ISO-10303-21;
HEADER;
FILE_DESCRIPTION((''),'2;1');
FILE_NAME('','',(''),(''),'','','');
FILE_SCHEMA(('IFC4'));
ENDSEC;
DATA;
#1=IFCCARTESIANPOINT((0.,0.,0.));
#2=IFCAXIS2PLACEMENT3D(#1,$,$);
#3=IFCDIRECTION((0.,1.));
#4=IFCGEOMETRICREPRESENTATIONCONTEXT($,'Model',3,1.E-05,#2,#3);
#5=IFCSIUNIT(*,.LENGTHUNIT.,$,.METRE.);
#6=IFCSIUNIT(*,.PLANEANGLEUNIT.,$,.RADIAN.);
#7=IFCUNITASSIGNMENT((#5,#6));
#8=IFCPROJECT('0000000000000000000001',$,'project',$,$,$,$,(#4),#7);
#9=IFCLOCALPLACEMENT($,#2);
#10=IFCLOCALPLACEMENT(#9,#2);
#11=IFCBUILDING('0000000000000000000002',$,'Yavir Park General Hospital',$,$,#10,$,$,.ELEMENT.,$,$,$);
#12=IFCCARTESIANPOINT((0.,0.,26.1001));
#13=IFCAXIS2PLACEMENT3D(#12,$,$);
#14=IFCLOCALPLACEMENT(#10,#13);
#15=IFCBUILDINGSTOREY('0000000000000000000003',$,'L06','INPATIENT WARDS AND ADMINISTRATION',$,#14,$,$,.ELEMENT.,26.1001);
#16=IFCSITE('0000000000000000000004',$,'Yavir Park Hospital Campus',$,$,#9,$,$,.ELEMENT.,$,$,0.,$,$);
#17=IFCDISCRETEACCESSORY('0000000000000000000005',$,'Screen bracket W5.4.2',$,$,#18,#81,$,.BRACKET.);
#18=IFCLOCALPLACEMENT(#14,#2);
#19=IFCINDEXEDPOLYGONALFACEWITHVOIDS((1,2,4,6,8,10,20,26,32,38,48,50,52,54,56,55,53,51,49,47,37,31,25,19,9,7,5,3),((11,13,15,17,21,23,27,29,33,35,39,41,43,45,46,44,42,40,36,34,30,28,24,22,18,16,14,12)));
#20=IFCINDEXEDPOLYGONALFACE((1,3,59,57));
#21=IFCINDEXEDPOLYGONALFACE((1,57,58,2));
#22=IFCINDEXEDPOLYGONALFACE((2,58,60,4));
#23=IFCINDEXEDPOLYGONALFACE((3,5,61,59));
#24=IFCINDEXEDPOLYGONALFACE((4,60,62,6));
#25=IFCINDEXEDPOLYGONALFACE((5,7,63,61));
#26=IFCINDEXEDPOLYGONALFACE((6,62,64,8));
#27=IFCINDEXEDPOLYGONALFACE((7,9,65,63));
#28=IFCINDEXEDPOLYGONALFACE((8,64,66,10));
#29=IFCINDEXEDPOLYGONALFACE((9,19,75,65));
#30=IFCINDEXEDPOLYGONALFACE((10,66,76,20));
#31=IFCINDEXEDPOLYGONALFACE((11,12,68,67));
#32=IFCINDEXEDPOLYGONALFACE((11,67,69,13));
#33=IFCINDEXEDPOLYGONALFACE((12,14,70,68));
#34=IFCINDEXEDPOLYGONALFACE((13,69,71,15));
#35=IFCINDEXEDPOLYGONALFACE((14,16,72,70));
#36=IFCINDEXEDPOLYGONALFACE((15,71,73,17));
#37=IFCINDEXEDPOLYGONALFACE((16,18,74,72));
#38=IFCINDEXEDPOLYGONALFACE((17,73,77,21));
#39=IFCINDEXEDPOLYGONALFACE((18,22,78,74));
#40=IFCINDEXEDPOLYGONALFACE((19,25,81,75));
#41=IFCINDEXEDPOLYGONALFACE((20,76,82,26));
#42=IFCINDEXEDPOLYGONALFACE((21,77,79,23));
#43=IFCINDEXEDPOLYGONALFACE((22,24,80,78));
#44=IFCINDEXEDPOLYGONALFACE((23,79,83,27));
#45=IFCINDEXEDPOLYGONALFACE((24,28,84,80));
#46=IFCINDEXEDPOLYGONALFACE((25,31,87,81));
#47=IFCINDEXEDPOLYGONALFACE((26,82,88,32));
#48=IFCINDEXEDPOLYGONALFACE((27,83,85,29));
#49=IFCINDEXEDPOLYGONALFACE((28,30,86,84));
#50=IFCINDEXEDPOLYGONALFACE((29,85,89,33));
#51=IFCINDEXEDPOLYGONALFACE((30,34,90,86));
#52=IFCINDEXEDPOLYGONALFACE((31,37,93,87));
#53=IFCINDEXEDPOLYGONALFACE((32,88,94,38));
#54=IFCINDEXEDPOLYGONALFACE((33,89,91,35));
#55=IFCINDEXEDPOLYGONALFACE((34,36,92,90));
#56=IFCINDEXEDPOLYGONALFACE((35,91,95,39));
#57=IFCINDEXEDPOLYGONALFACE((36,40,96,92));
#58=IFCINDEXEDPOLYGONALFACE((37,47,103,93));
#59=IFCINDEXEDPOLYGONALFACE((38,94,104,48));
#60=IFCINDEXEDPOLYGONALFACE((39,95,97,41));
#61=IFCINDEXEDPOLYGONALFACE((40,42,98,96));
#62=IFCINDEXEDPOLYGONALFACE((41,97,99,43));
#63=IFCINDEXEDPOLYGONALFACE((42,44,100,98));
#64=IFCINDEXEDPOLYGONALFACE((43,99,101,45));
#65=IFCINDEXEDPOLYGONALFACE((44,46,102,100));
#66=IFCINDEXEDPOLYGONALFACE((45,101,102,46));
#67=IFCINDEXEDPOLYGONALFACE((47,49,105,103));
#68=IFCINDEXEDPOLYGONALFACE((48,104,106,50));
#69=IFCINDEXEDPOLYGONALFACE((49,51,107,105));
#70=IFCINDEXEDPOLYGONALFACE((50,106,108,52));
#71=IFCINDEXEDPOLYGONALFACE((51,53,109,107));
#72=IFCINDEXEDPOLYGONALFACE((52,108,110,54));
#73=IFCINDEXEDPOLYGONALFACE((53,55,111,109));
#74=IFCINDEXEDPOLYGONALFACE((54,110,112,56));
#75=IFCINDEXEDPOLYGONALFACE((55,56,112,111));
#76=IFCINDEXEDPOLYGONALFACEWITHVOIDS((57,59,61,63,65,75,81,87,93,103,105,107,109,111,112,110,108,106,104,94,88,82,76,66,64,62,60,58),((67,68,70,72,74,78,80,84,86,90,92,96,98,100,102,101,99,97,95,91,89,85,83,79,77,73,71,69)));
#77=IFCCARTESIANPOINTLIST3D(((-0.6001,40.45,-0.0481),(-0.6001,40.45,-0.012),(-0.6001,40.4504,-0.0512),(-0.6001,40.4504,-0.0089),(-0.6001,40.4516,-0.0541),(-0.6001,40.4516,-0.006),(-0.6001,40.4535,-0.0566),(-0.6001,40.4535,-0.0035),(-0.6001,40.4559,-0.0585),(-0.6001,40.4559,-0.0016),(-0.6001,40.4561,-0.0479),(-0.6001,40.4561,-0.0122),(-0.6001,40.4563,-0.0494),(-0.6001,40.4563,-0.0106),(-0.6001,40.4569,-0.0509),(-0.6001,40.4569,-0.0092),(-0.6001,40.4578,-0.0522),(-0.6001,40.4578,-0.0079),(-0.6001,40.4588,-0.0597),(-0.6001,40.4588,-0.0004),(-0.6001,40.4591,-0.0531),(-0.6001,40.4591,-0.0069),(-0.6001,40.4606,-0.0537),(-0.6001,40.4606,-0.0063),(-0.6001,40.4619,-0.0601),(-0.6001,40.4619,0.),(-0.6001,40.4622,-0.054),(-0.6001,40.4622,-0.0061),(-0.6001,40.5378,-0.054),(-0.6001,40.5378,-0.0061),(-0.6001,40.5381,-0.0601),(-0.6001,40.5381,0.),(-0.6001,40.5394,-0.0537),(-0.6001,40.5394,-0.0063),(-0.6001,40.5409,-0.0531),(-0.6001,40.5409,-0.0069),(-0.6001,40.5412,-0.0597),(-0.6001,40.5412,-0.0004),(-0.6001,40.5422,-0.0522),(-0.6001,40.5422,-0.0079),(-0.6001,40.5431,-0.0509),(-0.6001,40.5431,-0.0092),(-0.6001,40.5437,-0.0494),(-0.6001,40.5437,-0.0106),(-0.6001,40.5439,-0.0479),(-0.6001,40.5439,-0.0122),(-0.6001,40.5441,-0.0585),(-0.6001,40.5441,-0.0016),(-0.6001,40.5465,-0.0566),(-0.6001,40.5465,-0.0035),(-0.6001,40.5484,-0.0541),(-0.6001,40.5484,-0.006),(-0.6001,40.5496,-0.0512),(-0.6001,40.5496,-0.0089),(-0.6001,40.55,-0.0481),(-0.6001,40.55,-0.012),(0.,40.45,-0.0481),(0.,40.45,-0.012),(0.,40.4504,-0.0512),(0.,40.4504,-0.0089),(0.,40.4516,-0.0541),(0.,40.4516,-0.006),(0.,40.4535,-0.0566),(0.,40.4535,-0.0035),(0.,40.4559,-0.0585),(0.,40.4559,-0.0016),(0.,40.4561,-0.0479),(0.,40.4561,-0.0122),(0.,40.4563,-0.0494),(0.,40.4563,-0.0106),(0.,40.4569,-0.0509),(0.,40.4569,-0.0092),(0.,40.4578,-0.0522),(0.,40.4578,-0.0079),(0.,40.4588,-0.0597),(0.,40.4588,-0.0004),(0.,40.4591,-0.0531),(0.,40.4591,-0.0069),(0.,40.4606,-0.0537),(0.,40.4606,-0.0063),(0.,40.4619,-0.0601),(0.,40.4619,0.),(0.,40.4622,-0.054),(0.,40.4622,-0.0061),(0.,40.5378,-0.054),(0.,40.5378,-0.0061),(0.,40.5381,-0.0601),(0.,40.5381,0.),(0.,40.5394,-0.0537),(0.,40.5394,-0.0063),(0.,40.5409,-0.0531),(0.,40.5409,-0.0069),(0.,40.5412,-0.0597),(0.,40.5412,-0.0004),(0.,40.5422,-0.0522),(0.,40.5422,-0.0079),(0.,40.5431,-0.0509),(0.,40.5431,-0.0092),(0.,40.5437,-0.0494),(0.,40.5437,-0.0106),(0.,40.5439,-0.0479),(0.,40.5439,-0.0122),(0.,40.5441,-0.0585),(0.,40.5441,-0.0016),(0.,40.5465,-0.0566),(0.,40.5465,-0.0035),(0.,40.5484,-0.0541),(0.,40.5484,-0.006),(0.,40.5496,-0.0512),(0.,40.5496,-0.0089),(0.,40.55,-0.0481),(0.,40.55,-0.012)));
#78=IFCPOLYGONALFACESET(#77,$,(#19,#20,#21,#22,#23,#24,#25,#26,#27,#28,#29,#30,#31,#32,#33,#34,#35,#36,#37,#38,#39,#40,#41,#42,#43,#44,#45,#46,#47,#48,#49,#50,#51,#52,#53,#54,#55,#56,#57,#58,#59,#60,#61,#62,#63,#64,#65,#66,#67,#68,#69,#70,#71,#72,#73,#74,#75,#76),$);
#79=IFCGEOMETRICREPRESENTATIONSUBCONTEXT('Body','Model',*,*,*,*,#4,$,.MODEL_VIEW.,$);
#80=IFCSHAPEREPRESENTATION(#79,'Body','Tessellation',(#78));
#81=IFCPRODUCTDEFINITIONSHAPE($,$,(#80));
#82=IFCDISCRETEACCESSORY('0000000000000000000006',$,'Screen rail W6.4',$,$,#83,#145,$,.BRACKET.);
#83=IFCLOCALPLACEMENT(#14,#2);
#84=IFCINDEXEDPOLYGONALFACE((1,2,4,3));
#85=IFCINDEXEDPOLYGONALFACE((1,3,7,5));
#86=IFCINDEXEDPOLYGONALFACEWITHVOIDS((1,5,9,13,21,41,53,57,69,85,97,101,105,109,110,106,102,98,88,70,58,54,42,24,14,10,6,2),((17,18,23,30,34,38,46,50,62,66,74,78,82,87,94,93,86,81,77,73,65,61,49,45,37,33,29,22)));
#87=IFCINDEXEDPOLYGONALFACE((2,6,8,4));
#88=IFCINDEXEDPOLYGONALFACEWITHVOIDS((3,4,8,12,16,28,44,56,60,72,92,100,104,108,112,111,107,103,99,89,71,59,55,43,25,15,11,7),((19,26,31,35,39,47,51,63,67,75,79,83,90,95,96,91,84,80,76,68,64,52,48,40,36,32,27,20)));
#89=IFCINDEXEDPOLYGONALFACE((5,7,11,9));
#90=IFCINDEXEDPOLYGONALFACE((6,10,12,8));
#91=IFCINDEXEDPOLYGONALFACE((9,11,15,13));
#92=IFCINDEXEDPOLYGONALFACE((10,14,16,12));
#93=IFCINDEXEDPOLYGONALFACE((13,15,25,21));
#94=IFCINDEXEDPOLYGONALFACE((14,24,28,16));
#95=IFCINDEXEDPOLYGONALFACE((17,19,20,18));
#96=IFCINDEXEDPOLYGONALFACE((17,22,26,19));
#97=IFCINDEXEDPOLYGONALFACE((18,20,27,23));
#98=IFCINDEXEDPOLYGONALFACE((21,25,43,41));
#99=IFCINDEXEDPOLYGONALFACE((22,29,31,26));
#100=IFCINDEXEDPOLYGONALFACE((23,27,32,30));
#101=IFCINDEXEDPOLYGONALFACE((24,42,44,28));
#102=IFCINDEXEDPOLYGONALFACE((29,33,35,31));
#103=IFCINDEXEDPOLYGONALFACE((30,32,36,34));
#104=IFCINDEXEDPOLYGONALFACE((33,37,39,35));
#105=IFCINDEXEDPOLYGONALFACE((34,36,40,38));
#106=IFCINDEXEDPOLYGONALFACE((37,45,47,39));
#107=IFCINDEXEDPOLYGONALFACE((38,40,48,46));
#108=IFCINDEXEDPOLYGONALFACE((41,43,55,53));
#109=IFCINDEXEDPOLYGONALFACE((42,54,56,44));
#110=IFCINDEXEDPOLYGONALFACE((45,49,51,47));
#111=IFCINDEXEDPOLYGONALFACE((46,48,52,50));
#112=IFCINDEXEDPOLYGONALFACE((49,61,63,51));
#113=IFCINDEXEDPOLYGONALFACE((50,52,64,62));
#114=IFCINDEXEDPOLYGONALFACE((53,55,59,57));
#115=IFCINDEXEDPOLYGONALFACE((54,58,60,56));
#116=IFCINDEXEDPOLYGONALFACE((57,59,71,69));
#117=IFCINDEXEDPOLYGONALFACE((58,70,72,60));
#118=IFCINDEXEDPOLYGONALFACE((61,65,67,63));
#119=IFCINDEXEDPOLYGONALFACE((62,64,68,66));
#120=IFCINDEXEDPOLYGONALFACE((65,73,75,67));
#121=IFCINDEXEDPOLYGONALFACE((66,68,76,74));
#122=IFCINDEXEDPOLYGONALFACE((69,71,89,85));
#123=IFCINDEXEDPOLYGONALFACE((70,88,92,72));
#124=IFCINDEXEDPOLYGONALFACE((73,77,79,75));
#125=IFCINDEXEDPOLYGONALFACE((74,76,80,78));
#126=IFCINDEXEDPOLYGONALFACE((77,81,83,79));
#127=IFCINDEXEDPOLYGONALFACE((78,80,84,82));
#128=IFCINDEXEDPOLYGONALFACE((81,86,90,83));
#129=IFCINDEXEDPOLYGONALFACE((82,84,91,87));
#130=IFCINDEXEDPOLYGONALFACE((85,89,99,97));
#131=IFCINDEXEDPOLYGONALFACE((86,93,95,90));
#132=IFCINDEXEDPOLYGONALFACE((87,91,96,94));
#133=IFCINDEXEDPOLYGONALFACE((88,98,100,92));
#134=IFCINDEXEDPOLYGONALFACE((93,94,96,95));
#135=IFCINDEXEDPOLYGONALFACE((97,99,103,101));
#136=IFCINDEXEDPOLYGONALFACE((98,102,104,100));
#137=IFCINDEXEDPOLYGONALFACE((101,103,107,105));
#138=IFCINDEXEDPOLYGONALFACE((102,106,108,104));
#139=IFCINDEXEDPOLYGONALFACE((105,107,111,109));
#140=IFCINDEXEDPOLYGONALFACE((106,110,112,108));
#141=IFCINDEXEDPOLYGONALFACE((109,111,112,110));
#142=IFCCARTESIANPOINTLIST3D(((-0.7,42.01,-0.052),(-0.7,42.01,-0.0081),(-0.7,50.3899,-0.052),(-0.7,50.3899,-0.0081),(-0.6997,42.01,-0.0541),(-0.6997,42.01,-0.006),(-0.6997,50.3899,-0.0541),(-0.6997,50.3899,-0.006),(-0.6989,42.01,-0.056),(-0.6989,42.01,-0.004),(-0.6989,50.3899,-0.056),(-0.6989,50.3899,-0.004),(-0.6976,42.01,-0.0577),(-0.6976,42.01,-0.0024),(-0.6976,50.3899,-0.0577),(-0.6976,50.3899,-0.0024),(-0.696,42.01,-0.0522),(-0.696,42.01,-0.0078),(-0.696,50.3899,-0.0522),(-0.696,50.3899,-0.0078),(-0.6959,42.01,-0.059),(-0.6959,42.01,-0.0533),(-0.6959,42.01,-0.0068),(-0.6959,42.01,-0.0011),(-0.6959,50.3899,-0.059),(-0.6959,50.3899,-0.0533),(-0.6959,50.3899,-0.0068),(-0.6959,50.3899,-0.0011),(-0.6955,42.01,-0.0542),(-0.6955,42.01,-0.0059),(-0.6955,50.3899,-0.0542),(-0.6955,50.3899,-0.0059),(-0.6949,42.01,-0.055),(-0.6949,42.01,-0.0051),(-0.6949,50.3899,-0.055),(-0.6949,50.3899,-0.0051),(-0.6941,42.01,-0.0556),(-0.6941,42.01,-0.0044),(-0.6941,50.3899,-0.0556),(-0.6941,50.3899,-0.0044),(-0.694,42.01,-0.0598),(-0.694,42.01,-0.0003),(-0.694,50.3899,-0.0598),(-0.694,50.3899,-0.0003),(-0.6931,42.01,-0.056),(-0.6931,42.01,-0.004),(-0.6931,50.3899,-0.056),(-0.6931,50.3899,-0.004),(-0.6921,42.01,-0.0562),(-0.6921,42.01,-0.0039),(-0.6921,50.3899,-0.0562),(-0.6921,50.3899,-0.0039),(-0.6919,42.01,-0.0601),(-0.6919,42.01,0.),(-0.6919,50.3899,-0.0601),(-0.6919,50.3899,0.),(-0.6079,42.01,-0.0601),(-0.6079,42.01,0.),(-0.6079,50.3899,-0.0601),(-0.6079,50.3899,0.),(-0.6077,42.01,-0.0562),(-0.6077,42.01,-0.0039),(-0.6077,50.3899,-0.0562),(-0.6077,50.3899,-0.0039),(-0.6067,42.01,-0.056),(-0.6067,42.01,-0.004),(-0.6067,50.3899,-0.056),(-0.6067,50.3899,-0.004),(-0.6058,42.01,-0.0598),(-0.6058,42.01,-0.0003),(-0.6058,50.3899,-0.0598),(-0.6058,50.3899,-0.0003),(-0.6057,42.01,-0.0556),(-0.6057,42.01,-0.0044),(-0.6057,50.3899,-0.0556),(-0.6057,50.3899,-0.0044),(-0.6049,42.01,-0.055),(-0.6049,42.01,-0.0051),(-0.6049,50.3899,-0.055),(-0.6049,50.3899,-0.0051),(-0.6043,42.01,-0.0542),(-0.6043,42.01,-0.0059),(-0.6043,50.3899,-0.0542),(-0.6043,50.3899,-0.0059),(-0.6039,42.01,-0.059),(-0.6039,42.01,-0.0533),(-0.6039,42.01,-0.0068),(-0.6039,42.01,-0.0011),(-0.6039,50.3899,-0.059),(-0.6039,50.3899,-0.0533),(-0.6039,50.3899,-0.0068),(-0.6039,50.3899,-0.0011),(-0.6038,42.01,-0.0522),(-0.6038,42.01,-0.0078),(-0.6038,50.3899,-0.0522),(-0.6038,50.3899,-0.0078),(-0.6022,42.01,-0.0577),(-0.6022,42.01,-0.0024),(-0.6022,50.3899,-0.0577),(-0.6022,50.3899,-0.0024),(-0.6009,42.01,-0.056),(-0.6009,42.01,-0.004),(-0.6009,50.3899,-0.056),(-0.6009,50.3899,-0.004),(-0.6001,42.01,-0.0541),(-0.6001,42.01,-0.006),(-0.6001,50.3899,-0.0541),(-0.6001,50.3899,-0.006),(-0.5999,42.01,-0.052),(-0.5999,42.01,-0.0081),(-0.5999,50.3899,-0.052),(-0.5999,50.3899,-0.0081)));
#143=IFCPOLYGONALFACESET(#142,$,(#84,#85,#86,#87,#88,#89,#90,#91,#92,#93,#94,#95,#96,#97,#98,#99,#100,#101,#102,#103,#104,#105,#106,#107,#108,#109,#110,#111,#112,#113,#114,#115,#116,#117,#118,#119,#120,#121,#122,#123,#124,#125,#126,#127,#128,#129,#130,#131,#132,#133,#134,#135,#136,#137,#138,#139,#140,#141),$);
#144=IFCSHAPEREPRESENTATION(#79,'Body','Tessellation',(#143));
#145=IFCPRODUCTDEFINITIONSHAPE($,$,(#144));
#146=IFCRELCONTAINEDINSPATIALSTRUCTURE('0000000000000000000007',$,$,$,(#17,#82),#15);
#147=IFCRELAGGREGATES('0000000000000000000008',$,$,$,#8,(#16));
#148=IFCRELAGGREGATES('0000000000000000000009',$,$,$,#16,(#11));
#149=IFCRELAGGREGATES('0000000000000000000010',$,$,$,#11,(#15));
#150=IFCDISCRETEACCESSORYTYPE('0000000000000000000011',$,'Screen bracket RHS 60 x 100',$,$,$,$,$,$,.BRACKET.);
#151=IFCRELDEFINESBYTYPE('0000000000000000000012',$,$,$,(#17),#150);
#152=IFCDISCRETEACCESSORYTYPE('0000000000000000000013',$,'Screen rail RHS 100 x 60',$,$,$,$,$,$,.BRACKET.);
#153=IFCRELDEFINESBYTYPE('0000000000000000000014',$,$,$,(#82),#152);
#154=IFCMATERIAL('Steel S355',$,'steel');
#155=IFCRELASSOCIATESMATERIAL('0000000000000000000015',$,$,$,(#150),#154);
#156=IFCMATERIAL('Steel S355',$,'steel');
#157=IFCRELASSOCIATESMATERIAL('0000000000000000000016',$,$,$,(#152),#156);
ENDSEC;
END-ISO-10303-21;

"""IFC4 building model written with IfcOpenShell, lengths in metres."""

from ifc_helpers import new_model, si_unit, direction, frame, origin, origin_2d, place, context, subcontext, project, spatial, hollow_rectangle, extrude, material, material_profile, profile_set, type_object, element, save


model = new_model("IFC4")

# Units and contexts
model_context = context("Model", 3, precision=1e-05, world=origin(), true_north=direction((0.0, 1.0)))
body_context = subcontext(model_context, "Body", "Model", "MODEL_VIEW")
ifc_project = project(units=[si_unit("LENGTHUNIT", "METRE"), si_unit("PLANEANGLEUNIT", "RADIAN")], contexts=[model_context])

# Site, building, storey
site_placement = place(None, origin())
site = spatial("IfcSite", under=ifc_project, at=site_placement, Name="Yavir Park Hospital Campus", CompositionType="ELEMENT", RefElevation=0.0)
building_placement = place(site_placement, origin())
building = spatial("IfcBuilding", under=site, at=building_placement, Name="Yavir Park General Hospital", CompositionType="ELEMENT")
storey_placement = place(building_placement, frame((0.0, 0.0, 26.1001)))
storey = spatial("IfcBuildingStorey", under=building, at=storey_placement, Name="L06", Description="INPATIENT WARDS AND ADMINISTRATION", CompositionType="ELEMENT", Elevation=26.1001)

# Discrete accessories
ifc_material_1 = material(Name="Steel S355", Category="steel")
ifc_material_profile_1 = material_profile(ifc_material_1, hollow_rectangle(XDim=0.1001, YDim=0.0601, WallThickness=0.0061, InnerFilletRadius=0.0061, OuterFilletRadius=0.012, at=origin_2d()), Name="RHS60x100x6")
ifc_profile_set_1 = profile_set([ifc_material_profile_1], Name="Steel S355")
discrete_accessory_type_1 = type_object("IfcDiscreteAccessoryType", Name="Screen bracket RHS 60 x 100", PredefinedType="BRACKET", material=ifc_profile_set_1)
for number, where, z_axis, x_axis, name in (
    (1, (0.0, 40.5, -0.03), (-1.0, 0.0, 0.0), (0.0, -1.0, 0.0), "Screen bracket W5.4.2"),
):
    element("IfcDiscreteAccessory", number, at=place(storey_placement, frame(where, z_axis=z_axis, x_axis=x_axis)), inside=storey, type_object=discrete_accessory_type_1, Name=name, PredefinedType="BRACKET", context=body_context, shape_type="SweptSolid", body=[
        extrude(hollow_rectangle(XDim=0.1001, YDim=0.0601, WallThickness=0.0061, InnerFilletRadius=0.0061, OuterFilletRadius=0.012, at=origin_2d()), origin(), (0.0, 0.0, 1.0), 0.6001),
    ])
ifc_material_2 = material(Name="Steel S355", Category="steel")
ifc_material_profile_2 = material_profile(ifc_material_2, hollow_rectangle(XDim=0.1001, YDim=0.0601, WallThickness=0.0039, InnerFilletRadius=0.0039, OuterFilletRadius=0.0081, at=origin_2d()), Name="RHS60x100x4")
ifc_profile_set_2 = profile_set([ifc_material_profile_2], Name="Steel S355")
discrete_accessory_type_2 = type_object("IfcDiscreteAccessoryType", Name="Screen rail RHS 100 x 60", PredefinedType="BRACKET", material=ifc_profile_set_2)
discrete_accessory_placement = place(storey_placement, frame((-0.6499, 42.01, -0.03), z_axis=(0.0, 1.0, 0.0), x_axis=(-1.0, 0.0, 0.0)))
element("IfcDiscreteAccessory", 2, at=discrete_accessory_placement, inside=storey, type_object=discrete_accessory_type_2, Name="Screen rail W6.4", PredefinedType="BRACKET", context=body_context, shape_type="SweptSolid", body=[
    extrude(hollow_rectangle(XDim=0.1001, YDim=0.0601, WallThickness=0.0039, InnerFilletRadius=0.0039, OuterFilletRadius=0.0081, at=origin_2d()), origin(), (0.0, 0.0, 1.0), 8.3799),
])

save(model, "model.ifc")
